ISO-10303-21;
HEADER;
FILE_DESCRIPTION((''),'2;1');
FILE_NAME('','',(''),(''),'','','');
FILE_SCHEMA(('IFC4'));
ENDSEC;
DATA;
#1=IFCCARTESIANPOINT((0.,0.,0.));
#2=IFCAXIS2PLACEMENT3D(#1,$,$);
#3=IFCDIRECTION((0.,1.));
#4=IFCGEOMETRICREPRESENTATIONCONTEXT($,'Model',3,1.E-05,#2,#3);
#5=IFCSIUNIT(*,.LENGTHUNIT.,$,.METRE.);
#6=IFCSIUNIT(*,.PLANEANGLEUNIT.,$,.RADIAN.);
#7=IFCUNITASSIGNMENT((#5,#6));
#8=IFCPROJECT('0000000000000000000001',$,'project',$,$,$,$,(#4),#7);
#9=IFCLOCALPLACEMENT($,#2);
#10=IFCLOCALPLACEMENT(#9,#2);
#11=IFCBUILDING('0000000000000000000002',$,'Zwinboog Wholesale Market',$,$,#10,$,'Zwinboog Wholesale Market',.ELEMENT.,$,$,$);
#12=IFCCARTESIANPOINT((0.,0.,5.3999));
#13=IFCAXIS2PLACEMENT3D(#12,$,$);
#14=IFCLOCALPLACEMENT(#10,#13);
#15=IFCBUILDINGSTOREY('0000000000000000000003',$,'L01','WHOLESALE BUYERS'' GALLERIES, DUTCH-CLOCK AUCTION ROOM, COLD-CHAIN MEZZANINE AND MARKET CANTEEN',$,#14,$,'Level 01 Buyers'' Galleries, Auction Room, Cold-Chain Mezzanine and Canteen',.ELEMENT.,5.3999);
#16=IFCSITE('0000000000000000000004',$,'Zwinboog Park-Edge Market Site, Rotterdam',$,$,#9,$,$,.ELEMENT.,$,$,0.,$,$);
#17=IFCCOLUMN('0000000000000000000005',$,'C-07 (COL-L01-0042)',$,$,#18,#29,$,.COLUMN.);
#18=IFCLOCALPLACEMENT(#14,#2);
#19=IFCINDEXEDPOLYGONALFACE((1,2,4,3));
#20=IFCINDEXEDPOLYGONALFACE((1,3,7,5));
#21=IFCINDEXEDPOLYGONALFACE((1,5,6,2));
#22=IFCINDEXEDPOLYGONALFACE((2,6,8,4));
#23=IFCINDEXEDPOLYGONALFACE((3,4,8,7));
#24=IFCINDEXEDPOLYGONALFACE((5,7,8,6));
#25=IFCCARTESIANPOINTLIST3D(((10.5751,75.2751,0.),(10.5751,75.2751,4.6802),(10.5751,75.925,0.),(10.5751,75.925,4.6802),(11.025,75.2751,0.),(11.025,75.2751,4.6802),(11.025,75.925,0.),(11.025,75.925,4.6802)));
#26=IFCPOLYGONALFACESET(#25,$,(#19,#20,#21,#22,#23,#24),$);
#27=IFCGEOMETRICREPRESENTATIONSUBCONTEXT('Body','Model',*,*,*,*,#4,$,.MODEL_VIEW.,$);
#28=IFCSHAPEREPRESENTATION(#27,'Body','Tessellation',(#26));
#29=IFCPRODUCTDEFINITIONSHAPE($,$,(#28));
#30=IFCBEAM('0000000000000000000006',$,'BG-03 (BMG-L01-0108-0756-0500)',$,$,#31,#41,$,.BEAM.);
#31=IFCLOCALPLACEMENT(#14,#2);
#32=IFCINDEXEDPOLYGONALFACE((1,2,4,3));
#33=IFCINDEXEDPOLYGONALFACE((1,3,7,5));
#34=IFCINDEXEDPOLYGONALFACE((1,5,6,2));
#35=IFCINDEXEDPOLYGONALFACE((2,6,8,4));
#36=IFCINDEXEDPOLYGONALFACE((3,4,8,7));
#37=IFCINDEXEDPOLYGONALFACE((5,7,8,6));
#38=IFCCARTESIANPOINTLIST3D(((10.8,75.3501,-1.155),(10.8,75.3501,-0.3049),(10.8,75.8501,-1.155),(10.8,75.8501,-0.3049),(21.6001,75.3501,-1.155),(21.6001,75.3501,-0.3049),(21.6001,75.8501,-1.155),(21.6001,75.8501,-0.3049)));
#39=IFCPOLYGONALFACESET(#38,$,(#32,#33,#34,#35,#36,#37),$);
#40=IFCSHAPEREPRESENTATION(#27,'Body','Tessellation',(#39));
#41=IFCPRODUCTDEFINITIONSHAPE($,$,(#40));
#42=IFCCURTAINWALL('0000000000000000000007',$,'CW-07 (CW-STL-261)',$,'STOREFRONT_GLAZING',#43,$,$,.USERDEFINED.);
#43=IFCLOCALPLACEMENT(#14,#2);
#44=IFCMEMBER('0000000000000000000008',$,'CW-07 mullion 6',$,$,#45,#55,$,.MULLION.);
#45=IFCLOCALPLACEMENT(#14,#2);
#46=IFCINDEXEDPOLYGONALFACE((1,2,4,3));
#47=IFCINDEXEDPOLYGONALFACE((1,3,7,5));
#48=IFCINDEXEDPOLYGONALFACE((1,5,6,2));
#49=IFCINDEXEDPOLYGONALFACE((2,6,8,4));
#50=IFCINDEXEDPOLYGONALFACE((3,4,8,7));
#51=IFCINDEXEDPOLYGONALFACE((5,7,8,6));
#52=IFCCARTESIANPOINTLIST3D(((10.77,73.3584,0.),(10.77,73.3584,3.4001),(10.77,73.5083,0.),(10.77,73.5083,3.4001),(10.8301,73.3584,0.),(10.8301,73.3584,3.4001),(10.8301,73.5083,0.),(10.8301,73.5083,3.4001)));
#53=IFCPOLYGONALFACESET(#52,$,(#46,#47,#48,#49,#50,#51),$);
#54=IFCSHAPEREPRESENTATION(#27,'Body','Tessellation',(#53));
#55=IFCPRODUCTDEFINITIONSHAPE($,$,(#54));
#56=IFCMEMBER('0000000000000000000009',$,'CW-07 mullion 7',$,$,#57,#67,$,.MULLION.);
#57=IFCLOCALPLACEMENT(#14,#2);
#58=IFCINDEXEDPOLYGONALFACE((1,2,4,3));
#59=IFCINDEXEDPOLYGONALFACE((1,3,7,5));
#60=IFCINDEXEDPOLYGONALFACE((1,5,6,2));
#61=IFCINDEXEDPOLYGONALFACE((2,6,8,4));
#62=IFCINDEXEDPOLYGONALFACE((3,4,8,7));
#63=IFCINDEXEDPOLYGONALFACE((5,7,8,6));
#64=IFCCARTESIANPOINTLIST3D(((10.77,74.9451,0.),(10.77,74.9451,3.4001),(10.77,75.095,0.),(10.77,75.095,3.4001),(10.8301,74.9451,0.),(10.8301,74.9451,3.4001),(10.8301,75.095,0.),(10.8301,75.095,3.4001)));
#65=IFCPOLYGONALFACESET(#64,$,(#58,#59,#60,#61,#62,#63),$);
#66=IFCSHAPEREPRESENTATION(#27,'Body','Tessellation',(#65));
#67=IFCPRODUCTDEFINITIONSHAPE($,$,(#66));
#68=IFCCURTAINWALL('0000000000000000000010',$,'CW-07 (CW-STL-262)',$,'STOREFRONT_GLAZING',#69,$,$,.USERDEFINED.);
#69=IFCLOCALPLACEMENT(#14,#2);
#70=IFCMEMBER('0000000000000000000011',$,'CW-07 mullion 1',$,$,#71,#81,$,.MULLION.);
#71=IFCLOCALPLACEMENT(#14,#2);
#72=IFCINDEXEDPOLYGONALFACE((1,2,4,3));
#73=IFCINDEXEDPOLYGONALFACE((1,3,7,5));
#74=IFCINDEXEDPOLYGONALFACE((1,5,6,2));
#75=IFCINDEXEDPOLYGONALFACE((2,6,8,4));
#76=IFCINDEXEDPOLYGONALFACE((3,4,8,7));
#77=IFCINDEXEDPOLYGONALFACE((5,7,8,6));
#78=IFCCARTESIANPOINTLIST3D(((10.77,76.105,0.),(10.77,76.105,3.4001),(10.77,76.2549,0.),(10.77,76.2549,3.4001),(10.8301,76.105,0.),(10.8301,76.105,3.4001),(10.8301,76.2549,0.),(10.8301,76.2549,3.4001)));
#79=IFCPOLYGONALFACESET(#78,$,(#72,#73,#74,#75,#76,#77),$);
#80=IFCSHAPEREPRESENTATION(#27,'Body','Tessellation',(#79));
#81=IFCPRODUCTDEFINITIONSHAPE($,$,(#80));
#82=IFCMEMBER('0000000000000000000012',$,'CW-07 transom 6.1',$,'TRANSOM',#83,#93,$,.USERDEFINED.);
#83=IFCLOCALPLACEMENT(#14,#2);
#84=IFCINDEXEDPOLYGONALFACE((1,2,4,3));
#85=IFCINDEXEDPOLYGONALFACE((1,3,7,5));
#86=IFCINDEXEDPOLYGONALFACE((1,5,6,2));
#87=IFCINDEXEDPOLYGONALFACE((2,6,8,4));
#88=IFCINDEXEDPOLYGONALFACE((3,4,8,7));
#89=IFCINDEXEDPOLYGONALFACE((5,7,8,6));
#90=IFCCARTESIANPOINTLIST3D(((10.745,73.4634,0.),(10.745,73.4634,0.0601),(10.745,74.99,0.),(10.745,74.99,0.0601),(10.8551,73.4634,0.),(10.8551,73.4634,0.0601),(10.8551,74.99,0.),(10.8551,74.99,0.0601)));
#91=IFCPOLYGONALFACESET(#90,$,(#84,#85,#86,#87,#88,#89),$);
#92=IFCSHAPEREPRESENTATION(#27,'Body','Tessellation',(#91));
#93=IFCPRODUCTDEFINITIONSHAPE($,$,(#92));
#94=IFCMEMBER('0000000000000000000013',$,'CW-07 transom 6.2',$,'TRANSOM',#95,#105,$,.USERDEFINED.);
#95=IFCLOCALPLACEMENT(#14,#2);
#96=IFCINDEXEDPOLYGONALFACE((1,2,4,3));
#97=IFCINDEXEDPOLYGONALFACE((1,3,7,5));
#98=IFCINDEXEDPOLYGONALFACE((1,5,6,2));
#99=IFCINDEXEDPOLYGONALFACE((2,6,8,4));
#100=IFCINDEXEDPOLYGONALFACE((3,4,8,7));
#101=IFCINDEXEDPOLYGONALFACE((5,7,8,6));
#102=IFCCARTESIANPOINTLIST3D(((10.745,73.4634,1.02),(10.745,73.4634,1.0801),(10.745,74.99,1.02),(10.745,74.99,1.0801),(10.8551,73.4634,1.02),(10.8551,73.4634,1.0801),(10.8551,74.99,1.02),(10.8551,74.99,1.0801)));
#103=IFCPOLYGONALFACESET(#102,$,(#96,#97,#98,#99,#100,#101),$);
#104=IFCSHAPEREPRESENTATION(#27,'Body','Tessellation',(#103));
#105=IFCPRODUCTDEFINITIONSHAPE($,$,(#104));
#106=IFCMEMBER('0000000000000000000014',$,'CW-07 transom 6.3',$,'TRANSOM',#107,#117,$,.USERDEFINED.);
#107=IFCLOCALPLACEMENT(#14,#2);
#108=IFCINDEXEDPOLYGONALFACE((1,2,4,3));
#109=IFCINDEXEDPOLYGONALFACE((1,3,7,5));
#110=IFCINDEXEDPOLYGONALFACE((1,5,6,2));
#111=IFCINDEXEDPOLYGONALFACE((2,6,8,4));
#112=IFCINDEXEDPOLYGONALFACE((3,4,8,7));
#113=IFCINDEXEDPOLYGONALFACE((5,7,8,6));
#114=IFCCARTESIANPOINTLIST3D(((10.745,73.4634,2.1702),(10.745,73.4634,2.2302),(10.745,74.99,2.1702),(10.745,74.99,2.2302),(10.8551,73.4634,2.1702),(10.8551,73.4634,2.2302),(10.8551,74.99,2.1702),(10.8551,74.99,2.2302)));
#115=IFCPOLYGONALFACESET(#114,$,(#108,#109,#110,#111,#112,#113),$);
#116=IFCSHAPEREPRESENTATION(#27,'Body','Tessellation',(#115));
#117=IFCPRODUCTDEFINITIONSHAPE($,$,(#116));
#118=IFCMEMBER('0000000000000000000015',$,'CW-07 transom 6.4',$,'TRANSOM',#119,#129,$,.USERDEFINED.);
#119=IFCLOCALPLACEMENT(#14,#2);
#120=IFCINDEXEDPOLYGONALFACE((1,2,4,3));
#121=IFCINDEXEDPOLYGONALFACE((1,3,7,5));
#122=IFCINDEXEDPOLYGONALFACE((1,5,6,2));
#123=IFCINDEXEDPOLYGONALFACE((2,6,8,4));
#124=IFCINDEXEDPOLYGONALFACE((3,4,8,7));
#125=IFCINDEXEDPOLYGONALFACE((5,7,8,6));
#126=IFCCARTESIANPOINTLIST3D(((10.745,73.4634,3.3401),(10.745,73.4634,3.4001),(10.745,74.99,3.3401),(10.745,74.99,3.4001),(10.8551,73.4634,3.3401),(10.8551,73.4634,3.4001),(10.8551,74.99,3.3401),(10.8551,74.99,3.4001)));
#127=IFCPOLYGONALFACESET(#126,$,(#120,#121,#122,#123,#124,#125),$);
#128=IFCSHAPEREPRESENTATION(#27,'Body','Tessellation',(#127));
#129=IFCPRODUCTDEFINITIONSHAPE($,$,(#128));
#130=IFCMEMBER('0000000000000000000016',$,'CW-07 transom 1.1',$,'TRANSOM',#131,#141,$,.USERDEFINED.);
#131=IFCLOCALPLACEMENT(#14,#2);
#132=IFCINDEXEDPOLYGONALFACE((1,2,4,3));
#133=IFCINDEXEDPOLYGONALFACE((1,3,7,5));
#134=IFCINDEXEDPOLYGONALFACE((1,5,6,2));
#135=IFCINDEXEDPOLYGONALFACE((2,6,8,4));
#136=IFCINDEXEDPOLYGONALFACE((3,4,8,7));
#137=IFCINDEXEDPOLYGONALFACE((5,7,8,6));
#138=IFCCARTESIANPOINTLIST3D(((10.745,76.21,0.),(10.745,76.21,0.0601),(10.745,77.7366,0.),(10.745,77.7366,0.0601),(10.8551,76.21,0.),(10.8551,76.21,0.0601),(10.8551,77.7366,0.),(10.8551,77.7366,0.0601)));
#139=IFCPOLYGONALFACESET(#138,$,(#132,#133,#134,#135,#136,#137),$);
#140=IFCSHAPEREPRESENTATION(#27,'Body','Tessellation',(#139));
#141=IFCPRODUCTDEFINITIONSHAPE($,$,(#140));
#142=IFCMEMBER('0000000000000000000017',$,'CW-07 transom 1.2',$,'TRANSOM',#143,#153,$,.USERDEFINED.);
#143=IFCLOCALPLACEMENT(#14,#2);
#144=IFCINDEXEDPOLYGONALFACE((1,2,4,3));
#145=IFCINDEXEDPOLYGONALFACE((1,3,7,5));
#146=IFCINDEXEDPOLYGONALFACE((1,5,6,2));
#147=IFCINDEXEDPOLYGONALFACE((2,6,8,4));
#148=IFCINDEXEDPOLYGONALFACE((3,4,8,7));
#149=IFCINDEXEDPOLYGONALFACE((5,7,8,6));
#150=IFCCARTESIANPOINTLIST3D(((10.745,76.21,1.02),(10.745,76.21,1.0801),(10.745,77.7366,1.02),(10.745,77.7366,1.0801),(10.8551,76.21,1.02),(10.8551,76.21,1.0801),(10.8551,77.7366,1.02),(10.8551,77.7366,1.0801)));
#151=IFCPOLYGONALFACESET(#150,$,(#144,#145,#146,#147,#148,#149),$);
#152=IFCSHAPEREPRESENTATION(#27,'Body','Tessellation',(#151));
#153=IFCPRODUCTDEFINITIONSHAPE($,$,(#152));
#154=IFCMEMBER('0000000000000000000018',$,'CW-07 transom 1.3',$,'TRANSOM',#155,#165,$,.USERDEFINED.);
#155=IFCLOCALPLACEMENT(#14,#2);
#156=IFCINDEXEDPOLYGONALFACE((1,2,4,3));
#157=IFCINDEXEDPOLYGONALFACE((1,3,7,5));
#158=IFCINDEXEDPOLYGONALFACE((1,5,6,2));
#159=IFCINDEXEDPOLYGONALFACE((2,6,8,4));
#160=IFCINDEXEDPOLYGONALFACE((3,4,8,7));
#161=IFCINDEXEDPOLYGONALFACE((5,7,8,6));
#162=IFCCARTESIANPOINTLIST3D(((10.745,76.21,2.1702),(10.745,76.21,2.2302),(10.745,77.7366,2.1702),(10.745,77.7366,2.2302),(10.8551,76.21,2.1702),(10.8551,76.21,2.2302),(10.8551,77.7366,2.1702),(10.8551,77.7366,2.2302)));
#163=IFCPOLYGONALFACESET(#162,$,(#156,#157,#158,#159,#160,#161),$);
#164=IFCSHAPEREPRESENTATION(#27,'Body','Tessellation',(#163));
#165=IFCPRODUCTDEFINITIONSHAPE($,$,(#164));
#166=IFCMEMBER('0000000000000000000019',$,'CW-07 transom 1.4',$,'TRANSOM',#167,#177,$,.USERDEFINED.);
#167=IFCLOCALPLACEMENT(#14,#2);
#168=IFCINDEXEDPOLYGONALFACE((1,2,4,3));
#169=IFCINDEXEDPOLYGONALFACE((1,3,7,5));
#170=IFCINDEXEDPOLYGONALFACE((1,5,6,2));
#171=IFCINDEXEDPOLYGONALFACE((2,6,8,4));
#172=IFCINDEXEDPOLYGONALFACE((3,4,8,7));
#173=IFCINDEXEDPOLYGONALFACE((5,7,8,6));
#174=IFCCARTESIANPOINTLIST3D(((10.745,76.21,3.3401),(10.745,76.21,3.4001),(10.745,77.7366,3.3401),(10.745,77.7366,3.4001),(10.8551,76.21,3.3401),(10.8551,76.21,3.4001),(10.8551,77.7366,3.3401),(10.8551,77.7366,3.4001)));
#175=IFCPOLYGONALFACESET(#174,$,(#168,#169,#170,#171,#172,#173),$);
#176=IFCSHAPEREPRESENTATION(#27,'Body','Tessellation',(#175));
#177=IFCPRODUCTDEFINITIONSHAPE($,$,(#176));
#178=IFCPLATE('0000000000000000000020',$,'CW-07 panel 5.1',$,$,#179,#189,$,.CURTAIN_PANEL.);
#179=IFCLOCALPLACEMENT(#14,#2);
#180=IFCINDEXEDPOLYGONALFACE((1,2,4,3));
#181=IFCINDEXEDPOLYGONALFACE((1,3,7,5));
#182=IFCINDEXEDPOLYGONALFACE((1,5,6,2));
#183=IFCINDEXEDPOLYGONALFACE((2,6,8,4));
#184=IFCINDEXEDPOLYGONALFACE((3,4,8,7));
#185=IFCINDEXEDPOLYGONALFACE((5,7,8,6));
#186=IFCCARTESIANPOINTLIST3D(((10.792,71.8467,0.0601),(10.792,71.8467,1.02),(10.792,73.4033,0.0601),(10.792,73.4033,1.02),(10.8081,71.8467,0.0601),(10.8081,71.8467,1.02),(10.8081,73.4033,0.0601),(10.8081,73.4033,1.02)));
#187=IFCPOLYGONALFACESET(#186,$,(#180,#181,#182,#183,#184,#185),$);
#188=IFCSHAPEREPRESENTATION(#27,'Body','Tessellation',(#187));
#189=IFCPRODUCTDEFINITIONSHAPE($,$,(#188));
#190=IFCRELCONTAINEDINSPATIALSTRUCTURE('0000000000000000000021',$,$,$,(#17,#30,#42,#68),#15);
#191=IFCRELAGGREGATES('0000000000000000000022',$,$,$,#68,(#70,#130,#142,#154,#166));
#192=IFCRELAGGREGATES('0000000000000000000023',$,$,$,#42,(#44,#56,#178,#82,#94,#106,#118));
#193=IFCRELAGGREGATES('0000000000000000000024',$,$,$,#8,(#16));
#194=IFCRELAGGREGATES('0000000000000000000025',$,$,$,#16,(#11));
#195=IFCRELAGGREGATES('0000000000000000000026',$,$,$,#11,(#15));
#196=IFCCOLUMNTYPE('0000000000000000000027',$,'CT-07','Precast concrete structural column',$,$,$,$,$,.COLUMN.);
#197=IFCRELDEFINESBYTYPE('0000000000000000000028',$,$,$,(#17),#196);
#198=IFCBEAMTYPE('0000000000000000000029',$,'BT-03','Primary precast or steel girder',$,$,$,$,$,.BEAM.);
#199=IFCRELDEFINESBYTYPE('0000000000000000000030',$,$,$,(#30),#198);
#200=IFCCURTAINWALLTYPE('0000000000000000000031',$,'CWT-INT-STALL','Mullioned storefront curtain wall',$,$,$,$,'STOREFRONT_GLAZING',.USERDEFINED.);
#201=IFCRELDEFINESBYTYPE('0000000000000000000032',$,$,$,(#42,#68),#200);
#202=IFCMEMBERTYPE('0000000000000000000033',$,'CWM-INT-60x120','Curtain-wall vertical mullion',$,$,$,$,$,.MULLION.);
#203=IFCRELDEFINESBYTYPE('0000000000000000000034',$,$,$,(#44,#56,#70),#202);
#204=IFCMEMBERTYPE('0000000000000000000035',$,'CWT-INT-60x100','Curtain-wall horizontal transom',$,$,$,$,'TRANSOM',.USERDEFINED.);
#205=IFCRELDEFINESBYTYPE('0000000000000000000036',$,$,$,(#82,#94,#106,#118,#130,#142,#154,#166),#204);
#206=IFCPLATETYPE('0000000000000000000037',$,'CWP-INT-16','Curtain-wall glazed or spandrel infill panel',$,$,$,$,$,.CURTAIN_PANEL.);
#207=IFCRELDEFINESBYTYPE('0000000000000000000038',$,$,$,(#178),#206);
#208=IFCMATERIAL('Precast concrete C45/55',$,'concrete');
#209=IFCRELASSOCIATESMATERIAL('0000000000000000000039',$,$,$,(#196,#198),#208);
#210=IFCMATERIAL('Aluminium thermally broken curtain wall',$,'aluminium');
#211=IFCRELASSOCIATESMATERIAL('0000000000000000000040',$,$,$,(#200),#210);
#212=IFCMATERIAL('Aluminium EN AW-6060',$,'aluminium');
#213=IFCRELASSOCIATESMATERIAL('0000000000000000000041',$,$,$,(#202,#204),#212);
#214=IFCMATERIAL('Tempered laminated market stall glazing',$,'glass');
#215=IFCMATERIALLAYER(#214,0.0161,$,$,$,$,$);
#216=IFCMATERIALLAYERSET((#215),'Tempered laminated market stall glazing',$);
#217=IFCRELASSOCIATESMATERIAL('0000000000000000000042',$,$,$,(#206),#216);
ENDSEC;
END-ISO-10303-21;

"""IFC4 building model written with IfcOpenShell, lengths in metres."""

from ifc_helpers import new_model, si_unit, direction, frame, origin, origin_2d, place, context, subcontext, project, spatial, rectangle, extrude, material, layer, layer_set, material_profile, profile_set, type_object, element, aggregate, save


model = new_model("IFC4")

# Units and contexts
model_context = context("Model", 3, precision=1e-05, world=origin(), true_north=direction((0.0, 1.0)))
body_context = subcontext(model_context, "Body", "Model", "MODEL_VIEW")
ifc_project = project(units=[si_unit("LENGTHUNIT", "METRE"), si_unit("PLANEANGLEUNIT", "RADIAN")], contexts=[model_context])

# Site, building, storey
site_placement = place(None, origin())
site = spatial("IfcSite", under=ifc_project, at=site_placement, Name="Zwinboog Park-Edge Market Site, Rotterdam", CompositionType="ELEMENT", RefElevation=0.0)
building_placement = place(site_placement, origin())
building = spatial("IfcBuilding", under=site, at=building_placement, Name="Zwinboog Wholesale Market", LongName="Zwinboog Wholesale Market", CompositionType="ELEMENT")
storey_placement = place(building_placement, frame((0.0, 0.0, 5.3999)))
storey = spatial("IfcBuildingStorey", under=building, at=storey_placement, Name="L01", Description="WHOLESALE BUYERS' GALLERIES, DUTCH-CLOCK AUCTION ROOM, COLD-CHAIN MEZZANINE AND MARKET CANTEEN", LongName="Level 01 Buyers' Galleries, Auction Room, Cold-Chain Mezzanine and Canteen", CompositionType="ELEMENT", Elevation=5.3999)

# Column
ifc_material_1 = material(Name="Precast concrete C45/55", Category="concrete")
ifc_material_profile_1 = material_profile(ifc_material_1, rectangle(XDim=0.45, YDim=0.6499, at=origin_2d()), Name="PC 450x650")
ifc_profile_set_1 = profile_set([ifc_material_profile_1], Name="Precast concrete C45/55")
column_type = type_object("IfcColumnType", Name="CT-07", Description="Precast concrete structural column", PredefinedType="COLUMN", material=ifc_profile_set_1)
column_placement = place(storey_placement, frame((10.8, 75.6001, 0.0), z_axis=(0.0, 0.0, 1.0), x_axis=(1.0, 0.0, 0.0)))
element("IfcColumn", 1, at=column_placement, inside=storey, type_object=column_type, Name="C-07 (COL-L01-0042)", PredefinedType="COLUMN", context=body_context, shape_type="SweptSolid", body=[
    extrude(rectangle(XDim=0.45, YDim=0.6499, at=origin_2d()), origin(), (0.0, 0.0, 1.0), 4.6802),
])

# Beam
ifc_material_profile_2 = material_profile(ifc_material_1, rectangle(XDim=0.5, YDim=0.8501, at=origin_2d()), Name="PC 500x850")
ifc_profile_set_2 = profile_set([ifc_material_profile_2], Name="Precast concrete C45/55")
beam_type = type_object("IfcBeamType", Name="BT-03", Description="Primary precast or steel girder", PredefinedType="BEAM", material=ifc_profile_set_2)
beam_placement = place(storey_placement, frame((10.8, 75.6001, -0.73), z_axis=(1.0, 0.0, 0.0), x_axis=(0.0, 1.0, 0.0)))
element("IfcBeam", 2, at=beam_placement, inside=storey, type_object=beam_type, Name="BG-03 (BMG-L01-0108-0756-0500)", PredefinedType="BEAM", context=body_context, shape_type="SweptSolid", body=[
    extrude(rectangle(XDim=0.5, YDim=0.8501, at=origin_2d()), origin(), (0.0, 0.0, 1.0), 10.8),
])

# Curtain wall, members
ifc_material_2 = material(Name="Aluminium thermally broken curtain wall", Category="aluminium")
curtain_wall_type = type_object("IfcCurtainWallType", Name="CWT-INT-STALL", Description="Mullioned storefront curtain wall", ElementType="STOREFRONT_GLAZING", PredefinedType="USERDEFINED", material=ifc_material_2)
curtain_wall_1_placement = place(storey_placement, origin())
curtain_wall_1 = element("IfcCurtainWall", 3, at=curtain_wall_1_placement, inside=storey, type_object=curtain_wall_type, Name="CW-07 (CW-STL-261)", ObjectType="STOREFRONT_GLAZING", PredefinedType="USERDEFINED")
ifc_material_3 = material(Name="Aluminium EN AW-6060", Category="aluminium")
ifc_material_profile_3 = material_profile(ifc_material_3, rectangle(XDim=0.0601, YDim=0.1499, at=origin_2d()), Name="AL 60x150")
ifc_profile_set_3 = profile_set([ifc_material_profile_3], Name="Aluminium EN AW-6060")
member_type_1 = type_object("IfcMemberType", Name="CWM-INT-60x120", Description="Curtain-wall vertical mullion", PredefinedType="MULLION", material=ifc_profile_set_3)
member_1_placement = place(storey_placement, frame((10.8, 73.4333, 0.0), z_axis=(0.0, 0.0, 1.0), x_axis=(-1.0, 0.0, 0.0)))
member_1 = element("IfcMember", 4, at=member_1_placement, type_object=member_type_1, Name="CW-07 mullion 6", PredefinedType="MULLION", context=body_context, shape_type="SweptSolid", body=[
    extrude(rectangle(XDim=0.0601, YDim=0.1499, at=origin_2d()), origin(), (0.0, 0.0, 1.0), 3.4001),
])
member_2_placement = place(storey_placement, frame((10.8, 75.02, 0.0), z_axis=(0.0, 0.0, 1.0), x_axis=(-1.0, 0.0, 0.0)))
member_2 = element("IfcMember", 5, at=member_2_placement, type_object=member_type_1, Name="CW-07 mullion 7", PredefinedType="MULLION", context=body_context, shape_type="SweptSolid", body=[
    extrude(rectangle(XDim=0.0601, YDim=0.1499, at=origin_2d()), origin(), (0.0, 0.0, 1.0), 3.4001),
])

# Curtain wall, member
curtain_wall_2_placement = place(storey_placement, origin())
curtain_wall_2 = element("IfcCurtainWall", 6, at=curtain_wall_2_placement, inside=storey, type_object=curtain_wall_type, Name="CW-07 (CW-STL-262)", ObjectType="STOREFRONT_GLAZING", PredefinedType="USERDEFINED")
member_3_placement = place(storey_placement, frame((10.8, 76.1799, 0.0), z_axis=(0.0, 0.0, 1.0), x_axis=(-1.0, 0.0, 0.0)))
member_3 = element("IfcMember", 7, at=member_3_placement, type_object=member_type_1, Name="CW-07 mullion 1", PredefinedType="MULLION", context=body_context, shape_type="SweptSolid", body=[
    extrude(rectangle(XDim=0.0601, YDim=0.1499, at=origin_2d()), origin(), (0.0, 0.0, 1.0), 3.4001),
])

# Members
ifc_material_profile_4 = material_profile(ifc_material_3, rectangle(XDim=0.1101, YDim=0.0601, at=origin_2d()), Name="AL 60x110")
ifc_profile_set_4 = profile_set([ifc_material_profile_4], Name="Aluminium EN AW-6060")
member_type_2 = type_object("IfcMemberType", Name="CWT-INT-60x100", Description="Curtain-wall horizontal transom", ElementType="TRANSOM", PredefinedType="USERDEFINED", material=ifc_profile_set_4)
member_4_placement = place(storey_placement, frame((10.8, 73.4634, 0.03), z_axis=(0.0, 1.0, 0.0), x_axis=(-1.0, 0.0, 0.0)))
member_4 = element("IfcMember", 8, at=member_4_placement, type_object=member_type_2, Name="CW-07 transom 6.1", ObjectType="TRANSOM", PredefinedType="USERDEFINED", context=body_context, shape_type="SweptSolid", body=[
    extrude(rectangle(XDim=0.1101, YDim=0.0601, at=origin_2d()), origin(), (0.0, 0.0, 1.0), 1.5266),
])
member_5_placement = place(storey_placement, frame((10.8, 73.4634, 1.05), z_axis=(0.0, 1.0, 0.0), x_axis=(-1.0, 0.0, 0.0)))
member_5 = element("IfcMember", 9, at=member_5_placement, type_object=member_type_2, Name="CW-07 transom 6.2", ObjectType="TRANSOM", PredefinedType="USERDEFINED", context=body_context, shape_type="SweptSolid", body=[
    extrude(rectangle(XDim=0.1101, YDim=0.0601, at=origin_2d()), origin(), (0.0, 0.0, 1.0), 1.5266),
])
member_6_placement = place(storey_placement, frame((10.8, 73.4634, 2.2002), z_axis=(0.0, 1.0, 0.0), x_axis=(-1.0, 0.0, 0.0)))
member_6 = element("IfcMember", 10, at=member_6_placement, type_object=member_type_2, Name="CW-07 transom 6.3", ObjectType="TRANSOM", PredefinedType="USERDEFINED", context=body_context, shape_type="SweptSolid", body=[
    extrude(rectangle(XDim=0.1101, YDim=0.0601, at=origin_2d()), origin(), (0.0, 0.0, 1.0), 1.5266),
])
member_7_placement = place(storey_placement, frame((10.8, 73.4634, 3.3701), z_axis=(0.0, 1.0, 0.0), x_axis=(-1.0, 0.0, 0.0)))
member_7 = element("IfcMember", 11, at=member_7_placement, type_object=member_type_2, Name="CW-07 transom 6.4", ObjectType="TRANSOM", PredefinedType="USERDEFINED", context=body_context, shape_type="SweptSolid", body=[
    extrude(rectangle(XDim=0.1101, YDim=0.0601, at=origin_2d()), origin(), (0.0, 0.0, 1.0), 1.5266),
])
member_8_placement = place(storey_placement, frame((10.8, 76.21, 0.03), z_axis=(0.0, 1.0, 0.0), x_axis=(-1.0, 0.0, 0.0)))
member_8 = element("IfcMember", 12, at=member_8_placement, type_object=member_type_2, Name="CW-07 transom 1.1", ObjectType="TRANSOM", PredefinedType="USERDEFINED", context=body_context, shape_type="SweptSolid", body=[
    extrude(rectangle(XDim=0.1101, YDim=0.0601, at=origin_2d()), origin(), (0.0, 0.0, 1.0), 1.5266),
])
member_9_placement = place(storey_placement, frame((10.8, 76.21, 1.05), z_axis=(0.0, 1.0, 0.0), x_axis=(-1.0, 0.0, 0.0)))
member_9 = element("IfcMember", 13, at=member_9_placement, type_object=member_type_2, Name="CW-07 transom 1.2", ObjectType="TRANSOM", PredefinedType="USERDEFINED", context=body_context, shape_type="SweptSolid", body=[
    extrude(rectangle(XDim=0.1101, YDim=0.0601, at=origin_2d()), origin(), (0.0, 0.0, 1.0), 1.5266),
])
member_10_placement = place(storey_placement, frame((10.8, 76.21, 2.2002), z_axis=(0.0, 1.0, 0.0), x_axis=(-1.0, 0.0, 0.0)))
member_10 = element("IfcMember", 14, at=member_10_placement, type_object=member_type_2, Name="CW-07 transom 1.3", ObjectType="TRANSOM", PredefinedType="USERDEFINED", context=body_context, shape_type="SweptSolid", body=[
    extrude(rectangle(XDim=0.1101, YDim=0.0601, at=origin_2d()), origin(), (0.0, 0.0, 1.0), 1.5266),
])
member_11_placement = place(storey_placement, frame((10.8, 76.21, 3.3701), z_axis=(0.0, 1.0, 0.0), x_axis=(-1.0, 0.0, 0.0)))
member_11 = element("IfcMember", 15, at=member_11_placement, type_object=member_type_2, Name="CW-07 transom 1.4", ObjectType="TRANSOM", PredefinedType="USERDEFINED", context=body_context, shape_type="SweptSolid", body=[
    extrude(rectangle(XDim=0.1101, YDim=0.0601, at=origin_2d()), origin(), (0.0, 0.0, 1.0), 1.5266),
])
aggregate(curtain_wall_2, [member_3, member_8, member_9, member_10, member_11])

# Plate
ifc_material_4 = material(Name="Tempered laminated market stall glazing", Category="glass")
ifc_layer = layer(ifc_material_4, 0.0161)
ifc_layer_set = layer_set([ifc_layer], Name="Tempered laminated market stall glazing")
plate_type = type_object("IfcPlateType", Name="CWP-INT-16", Description="Curtain-wall glazed or spandrel infill panel", PredefinedType="CURTAIN_PANEL", material=ifc_layer_set)
plate_1_placement = place(storey_placement, frame((10.8, 72.625, 0.0601), z_axis=(0.0, 0.0, 1.0), x_axis=(0.0, 1.0, 0.0)))
plate_1 = element("IfcPlate", 16, at=plate_1_placement, type_object=plate_type, Name="CW-07 panel 5.1", PredefinedType="CURTAIN_PANEL", context=body_context, shape_type="SweptSolid", body=[
    extrude(rectangle(XDim=1.5566, YDim=0.0161, at=origin_2d()), origin(), (0.0, 0.0, 1.0), 0.96),
])
aggregate(curtain_wall_1, [member_1, member_2, plate_1, member_4, member_5, member_6, member_7])

save(model, "model.ifc")
